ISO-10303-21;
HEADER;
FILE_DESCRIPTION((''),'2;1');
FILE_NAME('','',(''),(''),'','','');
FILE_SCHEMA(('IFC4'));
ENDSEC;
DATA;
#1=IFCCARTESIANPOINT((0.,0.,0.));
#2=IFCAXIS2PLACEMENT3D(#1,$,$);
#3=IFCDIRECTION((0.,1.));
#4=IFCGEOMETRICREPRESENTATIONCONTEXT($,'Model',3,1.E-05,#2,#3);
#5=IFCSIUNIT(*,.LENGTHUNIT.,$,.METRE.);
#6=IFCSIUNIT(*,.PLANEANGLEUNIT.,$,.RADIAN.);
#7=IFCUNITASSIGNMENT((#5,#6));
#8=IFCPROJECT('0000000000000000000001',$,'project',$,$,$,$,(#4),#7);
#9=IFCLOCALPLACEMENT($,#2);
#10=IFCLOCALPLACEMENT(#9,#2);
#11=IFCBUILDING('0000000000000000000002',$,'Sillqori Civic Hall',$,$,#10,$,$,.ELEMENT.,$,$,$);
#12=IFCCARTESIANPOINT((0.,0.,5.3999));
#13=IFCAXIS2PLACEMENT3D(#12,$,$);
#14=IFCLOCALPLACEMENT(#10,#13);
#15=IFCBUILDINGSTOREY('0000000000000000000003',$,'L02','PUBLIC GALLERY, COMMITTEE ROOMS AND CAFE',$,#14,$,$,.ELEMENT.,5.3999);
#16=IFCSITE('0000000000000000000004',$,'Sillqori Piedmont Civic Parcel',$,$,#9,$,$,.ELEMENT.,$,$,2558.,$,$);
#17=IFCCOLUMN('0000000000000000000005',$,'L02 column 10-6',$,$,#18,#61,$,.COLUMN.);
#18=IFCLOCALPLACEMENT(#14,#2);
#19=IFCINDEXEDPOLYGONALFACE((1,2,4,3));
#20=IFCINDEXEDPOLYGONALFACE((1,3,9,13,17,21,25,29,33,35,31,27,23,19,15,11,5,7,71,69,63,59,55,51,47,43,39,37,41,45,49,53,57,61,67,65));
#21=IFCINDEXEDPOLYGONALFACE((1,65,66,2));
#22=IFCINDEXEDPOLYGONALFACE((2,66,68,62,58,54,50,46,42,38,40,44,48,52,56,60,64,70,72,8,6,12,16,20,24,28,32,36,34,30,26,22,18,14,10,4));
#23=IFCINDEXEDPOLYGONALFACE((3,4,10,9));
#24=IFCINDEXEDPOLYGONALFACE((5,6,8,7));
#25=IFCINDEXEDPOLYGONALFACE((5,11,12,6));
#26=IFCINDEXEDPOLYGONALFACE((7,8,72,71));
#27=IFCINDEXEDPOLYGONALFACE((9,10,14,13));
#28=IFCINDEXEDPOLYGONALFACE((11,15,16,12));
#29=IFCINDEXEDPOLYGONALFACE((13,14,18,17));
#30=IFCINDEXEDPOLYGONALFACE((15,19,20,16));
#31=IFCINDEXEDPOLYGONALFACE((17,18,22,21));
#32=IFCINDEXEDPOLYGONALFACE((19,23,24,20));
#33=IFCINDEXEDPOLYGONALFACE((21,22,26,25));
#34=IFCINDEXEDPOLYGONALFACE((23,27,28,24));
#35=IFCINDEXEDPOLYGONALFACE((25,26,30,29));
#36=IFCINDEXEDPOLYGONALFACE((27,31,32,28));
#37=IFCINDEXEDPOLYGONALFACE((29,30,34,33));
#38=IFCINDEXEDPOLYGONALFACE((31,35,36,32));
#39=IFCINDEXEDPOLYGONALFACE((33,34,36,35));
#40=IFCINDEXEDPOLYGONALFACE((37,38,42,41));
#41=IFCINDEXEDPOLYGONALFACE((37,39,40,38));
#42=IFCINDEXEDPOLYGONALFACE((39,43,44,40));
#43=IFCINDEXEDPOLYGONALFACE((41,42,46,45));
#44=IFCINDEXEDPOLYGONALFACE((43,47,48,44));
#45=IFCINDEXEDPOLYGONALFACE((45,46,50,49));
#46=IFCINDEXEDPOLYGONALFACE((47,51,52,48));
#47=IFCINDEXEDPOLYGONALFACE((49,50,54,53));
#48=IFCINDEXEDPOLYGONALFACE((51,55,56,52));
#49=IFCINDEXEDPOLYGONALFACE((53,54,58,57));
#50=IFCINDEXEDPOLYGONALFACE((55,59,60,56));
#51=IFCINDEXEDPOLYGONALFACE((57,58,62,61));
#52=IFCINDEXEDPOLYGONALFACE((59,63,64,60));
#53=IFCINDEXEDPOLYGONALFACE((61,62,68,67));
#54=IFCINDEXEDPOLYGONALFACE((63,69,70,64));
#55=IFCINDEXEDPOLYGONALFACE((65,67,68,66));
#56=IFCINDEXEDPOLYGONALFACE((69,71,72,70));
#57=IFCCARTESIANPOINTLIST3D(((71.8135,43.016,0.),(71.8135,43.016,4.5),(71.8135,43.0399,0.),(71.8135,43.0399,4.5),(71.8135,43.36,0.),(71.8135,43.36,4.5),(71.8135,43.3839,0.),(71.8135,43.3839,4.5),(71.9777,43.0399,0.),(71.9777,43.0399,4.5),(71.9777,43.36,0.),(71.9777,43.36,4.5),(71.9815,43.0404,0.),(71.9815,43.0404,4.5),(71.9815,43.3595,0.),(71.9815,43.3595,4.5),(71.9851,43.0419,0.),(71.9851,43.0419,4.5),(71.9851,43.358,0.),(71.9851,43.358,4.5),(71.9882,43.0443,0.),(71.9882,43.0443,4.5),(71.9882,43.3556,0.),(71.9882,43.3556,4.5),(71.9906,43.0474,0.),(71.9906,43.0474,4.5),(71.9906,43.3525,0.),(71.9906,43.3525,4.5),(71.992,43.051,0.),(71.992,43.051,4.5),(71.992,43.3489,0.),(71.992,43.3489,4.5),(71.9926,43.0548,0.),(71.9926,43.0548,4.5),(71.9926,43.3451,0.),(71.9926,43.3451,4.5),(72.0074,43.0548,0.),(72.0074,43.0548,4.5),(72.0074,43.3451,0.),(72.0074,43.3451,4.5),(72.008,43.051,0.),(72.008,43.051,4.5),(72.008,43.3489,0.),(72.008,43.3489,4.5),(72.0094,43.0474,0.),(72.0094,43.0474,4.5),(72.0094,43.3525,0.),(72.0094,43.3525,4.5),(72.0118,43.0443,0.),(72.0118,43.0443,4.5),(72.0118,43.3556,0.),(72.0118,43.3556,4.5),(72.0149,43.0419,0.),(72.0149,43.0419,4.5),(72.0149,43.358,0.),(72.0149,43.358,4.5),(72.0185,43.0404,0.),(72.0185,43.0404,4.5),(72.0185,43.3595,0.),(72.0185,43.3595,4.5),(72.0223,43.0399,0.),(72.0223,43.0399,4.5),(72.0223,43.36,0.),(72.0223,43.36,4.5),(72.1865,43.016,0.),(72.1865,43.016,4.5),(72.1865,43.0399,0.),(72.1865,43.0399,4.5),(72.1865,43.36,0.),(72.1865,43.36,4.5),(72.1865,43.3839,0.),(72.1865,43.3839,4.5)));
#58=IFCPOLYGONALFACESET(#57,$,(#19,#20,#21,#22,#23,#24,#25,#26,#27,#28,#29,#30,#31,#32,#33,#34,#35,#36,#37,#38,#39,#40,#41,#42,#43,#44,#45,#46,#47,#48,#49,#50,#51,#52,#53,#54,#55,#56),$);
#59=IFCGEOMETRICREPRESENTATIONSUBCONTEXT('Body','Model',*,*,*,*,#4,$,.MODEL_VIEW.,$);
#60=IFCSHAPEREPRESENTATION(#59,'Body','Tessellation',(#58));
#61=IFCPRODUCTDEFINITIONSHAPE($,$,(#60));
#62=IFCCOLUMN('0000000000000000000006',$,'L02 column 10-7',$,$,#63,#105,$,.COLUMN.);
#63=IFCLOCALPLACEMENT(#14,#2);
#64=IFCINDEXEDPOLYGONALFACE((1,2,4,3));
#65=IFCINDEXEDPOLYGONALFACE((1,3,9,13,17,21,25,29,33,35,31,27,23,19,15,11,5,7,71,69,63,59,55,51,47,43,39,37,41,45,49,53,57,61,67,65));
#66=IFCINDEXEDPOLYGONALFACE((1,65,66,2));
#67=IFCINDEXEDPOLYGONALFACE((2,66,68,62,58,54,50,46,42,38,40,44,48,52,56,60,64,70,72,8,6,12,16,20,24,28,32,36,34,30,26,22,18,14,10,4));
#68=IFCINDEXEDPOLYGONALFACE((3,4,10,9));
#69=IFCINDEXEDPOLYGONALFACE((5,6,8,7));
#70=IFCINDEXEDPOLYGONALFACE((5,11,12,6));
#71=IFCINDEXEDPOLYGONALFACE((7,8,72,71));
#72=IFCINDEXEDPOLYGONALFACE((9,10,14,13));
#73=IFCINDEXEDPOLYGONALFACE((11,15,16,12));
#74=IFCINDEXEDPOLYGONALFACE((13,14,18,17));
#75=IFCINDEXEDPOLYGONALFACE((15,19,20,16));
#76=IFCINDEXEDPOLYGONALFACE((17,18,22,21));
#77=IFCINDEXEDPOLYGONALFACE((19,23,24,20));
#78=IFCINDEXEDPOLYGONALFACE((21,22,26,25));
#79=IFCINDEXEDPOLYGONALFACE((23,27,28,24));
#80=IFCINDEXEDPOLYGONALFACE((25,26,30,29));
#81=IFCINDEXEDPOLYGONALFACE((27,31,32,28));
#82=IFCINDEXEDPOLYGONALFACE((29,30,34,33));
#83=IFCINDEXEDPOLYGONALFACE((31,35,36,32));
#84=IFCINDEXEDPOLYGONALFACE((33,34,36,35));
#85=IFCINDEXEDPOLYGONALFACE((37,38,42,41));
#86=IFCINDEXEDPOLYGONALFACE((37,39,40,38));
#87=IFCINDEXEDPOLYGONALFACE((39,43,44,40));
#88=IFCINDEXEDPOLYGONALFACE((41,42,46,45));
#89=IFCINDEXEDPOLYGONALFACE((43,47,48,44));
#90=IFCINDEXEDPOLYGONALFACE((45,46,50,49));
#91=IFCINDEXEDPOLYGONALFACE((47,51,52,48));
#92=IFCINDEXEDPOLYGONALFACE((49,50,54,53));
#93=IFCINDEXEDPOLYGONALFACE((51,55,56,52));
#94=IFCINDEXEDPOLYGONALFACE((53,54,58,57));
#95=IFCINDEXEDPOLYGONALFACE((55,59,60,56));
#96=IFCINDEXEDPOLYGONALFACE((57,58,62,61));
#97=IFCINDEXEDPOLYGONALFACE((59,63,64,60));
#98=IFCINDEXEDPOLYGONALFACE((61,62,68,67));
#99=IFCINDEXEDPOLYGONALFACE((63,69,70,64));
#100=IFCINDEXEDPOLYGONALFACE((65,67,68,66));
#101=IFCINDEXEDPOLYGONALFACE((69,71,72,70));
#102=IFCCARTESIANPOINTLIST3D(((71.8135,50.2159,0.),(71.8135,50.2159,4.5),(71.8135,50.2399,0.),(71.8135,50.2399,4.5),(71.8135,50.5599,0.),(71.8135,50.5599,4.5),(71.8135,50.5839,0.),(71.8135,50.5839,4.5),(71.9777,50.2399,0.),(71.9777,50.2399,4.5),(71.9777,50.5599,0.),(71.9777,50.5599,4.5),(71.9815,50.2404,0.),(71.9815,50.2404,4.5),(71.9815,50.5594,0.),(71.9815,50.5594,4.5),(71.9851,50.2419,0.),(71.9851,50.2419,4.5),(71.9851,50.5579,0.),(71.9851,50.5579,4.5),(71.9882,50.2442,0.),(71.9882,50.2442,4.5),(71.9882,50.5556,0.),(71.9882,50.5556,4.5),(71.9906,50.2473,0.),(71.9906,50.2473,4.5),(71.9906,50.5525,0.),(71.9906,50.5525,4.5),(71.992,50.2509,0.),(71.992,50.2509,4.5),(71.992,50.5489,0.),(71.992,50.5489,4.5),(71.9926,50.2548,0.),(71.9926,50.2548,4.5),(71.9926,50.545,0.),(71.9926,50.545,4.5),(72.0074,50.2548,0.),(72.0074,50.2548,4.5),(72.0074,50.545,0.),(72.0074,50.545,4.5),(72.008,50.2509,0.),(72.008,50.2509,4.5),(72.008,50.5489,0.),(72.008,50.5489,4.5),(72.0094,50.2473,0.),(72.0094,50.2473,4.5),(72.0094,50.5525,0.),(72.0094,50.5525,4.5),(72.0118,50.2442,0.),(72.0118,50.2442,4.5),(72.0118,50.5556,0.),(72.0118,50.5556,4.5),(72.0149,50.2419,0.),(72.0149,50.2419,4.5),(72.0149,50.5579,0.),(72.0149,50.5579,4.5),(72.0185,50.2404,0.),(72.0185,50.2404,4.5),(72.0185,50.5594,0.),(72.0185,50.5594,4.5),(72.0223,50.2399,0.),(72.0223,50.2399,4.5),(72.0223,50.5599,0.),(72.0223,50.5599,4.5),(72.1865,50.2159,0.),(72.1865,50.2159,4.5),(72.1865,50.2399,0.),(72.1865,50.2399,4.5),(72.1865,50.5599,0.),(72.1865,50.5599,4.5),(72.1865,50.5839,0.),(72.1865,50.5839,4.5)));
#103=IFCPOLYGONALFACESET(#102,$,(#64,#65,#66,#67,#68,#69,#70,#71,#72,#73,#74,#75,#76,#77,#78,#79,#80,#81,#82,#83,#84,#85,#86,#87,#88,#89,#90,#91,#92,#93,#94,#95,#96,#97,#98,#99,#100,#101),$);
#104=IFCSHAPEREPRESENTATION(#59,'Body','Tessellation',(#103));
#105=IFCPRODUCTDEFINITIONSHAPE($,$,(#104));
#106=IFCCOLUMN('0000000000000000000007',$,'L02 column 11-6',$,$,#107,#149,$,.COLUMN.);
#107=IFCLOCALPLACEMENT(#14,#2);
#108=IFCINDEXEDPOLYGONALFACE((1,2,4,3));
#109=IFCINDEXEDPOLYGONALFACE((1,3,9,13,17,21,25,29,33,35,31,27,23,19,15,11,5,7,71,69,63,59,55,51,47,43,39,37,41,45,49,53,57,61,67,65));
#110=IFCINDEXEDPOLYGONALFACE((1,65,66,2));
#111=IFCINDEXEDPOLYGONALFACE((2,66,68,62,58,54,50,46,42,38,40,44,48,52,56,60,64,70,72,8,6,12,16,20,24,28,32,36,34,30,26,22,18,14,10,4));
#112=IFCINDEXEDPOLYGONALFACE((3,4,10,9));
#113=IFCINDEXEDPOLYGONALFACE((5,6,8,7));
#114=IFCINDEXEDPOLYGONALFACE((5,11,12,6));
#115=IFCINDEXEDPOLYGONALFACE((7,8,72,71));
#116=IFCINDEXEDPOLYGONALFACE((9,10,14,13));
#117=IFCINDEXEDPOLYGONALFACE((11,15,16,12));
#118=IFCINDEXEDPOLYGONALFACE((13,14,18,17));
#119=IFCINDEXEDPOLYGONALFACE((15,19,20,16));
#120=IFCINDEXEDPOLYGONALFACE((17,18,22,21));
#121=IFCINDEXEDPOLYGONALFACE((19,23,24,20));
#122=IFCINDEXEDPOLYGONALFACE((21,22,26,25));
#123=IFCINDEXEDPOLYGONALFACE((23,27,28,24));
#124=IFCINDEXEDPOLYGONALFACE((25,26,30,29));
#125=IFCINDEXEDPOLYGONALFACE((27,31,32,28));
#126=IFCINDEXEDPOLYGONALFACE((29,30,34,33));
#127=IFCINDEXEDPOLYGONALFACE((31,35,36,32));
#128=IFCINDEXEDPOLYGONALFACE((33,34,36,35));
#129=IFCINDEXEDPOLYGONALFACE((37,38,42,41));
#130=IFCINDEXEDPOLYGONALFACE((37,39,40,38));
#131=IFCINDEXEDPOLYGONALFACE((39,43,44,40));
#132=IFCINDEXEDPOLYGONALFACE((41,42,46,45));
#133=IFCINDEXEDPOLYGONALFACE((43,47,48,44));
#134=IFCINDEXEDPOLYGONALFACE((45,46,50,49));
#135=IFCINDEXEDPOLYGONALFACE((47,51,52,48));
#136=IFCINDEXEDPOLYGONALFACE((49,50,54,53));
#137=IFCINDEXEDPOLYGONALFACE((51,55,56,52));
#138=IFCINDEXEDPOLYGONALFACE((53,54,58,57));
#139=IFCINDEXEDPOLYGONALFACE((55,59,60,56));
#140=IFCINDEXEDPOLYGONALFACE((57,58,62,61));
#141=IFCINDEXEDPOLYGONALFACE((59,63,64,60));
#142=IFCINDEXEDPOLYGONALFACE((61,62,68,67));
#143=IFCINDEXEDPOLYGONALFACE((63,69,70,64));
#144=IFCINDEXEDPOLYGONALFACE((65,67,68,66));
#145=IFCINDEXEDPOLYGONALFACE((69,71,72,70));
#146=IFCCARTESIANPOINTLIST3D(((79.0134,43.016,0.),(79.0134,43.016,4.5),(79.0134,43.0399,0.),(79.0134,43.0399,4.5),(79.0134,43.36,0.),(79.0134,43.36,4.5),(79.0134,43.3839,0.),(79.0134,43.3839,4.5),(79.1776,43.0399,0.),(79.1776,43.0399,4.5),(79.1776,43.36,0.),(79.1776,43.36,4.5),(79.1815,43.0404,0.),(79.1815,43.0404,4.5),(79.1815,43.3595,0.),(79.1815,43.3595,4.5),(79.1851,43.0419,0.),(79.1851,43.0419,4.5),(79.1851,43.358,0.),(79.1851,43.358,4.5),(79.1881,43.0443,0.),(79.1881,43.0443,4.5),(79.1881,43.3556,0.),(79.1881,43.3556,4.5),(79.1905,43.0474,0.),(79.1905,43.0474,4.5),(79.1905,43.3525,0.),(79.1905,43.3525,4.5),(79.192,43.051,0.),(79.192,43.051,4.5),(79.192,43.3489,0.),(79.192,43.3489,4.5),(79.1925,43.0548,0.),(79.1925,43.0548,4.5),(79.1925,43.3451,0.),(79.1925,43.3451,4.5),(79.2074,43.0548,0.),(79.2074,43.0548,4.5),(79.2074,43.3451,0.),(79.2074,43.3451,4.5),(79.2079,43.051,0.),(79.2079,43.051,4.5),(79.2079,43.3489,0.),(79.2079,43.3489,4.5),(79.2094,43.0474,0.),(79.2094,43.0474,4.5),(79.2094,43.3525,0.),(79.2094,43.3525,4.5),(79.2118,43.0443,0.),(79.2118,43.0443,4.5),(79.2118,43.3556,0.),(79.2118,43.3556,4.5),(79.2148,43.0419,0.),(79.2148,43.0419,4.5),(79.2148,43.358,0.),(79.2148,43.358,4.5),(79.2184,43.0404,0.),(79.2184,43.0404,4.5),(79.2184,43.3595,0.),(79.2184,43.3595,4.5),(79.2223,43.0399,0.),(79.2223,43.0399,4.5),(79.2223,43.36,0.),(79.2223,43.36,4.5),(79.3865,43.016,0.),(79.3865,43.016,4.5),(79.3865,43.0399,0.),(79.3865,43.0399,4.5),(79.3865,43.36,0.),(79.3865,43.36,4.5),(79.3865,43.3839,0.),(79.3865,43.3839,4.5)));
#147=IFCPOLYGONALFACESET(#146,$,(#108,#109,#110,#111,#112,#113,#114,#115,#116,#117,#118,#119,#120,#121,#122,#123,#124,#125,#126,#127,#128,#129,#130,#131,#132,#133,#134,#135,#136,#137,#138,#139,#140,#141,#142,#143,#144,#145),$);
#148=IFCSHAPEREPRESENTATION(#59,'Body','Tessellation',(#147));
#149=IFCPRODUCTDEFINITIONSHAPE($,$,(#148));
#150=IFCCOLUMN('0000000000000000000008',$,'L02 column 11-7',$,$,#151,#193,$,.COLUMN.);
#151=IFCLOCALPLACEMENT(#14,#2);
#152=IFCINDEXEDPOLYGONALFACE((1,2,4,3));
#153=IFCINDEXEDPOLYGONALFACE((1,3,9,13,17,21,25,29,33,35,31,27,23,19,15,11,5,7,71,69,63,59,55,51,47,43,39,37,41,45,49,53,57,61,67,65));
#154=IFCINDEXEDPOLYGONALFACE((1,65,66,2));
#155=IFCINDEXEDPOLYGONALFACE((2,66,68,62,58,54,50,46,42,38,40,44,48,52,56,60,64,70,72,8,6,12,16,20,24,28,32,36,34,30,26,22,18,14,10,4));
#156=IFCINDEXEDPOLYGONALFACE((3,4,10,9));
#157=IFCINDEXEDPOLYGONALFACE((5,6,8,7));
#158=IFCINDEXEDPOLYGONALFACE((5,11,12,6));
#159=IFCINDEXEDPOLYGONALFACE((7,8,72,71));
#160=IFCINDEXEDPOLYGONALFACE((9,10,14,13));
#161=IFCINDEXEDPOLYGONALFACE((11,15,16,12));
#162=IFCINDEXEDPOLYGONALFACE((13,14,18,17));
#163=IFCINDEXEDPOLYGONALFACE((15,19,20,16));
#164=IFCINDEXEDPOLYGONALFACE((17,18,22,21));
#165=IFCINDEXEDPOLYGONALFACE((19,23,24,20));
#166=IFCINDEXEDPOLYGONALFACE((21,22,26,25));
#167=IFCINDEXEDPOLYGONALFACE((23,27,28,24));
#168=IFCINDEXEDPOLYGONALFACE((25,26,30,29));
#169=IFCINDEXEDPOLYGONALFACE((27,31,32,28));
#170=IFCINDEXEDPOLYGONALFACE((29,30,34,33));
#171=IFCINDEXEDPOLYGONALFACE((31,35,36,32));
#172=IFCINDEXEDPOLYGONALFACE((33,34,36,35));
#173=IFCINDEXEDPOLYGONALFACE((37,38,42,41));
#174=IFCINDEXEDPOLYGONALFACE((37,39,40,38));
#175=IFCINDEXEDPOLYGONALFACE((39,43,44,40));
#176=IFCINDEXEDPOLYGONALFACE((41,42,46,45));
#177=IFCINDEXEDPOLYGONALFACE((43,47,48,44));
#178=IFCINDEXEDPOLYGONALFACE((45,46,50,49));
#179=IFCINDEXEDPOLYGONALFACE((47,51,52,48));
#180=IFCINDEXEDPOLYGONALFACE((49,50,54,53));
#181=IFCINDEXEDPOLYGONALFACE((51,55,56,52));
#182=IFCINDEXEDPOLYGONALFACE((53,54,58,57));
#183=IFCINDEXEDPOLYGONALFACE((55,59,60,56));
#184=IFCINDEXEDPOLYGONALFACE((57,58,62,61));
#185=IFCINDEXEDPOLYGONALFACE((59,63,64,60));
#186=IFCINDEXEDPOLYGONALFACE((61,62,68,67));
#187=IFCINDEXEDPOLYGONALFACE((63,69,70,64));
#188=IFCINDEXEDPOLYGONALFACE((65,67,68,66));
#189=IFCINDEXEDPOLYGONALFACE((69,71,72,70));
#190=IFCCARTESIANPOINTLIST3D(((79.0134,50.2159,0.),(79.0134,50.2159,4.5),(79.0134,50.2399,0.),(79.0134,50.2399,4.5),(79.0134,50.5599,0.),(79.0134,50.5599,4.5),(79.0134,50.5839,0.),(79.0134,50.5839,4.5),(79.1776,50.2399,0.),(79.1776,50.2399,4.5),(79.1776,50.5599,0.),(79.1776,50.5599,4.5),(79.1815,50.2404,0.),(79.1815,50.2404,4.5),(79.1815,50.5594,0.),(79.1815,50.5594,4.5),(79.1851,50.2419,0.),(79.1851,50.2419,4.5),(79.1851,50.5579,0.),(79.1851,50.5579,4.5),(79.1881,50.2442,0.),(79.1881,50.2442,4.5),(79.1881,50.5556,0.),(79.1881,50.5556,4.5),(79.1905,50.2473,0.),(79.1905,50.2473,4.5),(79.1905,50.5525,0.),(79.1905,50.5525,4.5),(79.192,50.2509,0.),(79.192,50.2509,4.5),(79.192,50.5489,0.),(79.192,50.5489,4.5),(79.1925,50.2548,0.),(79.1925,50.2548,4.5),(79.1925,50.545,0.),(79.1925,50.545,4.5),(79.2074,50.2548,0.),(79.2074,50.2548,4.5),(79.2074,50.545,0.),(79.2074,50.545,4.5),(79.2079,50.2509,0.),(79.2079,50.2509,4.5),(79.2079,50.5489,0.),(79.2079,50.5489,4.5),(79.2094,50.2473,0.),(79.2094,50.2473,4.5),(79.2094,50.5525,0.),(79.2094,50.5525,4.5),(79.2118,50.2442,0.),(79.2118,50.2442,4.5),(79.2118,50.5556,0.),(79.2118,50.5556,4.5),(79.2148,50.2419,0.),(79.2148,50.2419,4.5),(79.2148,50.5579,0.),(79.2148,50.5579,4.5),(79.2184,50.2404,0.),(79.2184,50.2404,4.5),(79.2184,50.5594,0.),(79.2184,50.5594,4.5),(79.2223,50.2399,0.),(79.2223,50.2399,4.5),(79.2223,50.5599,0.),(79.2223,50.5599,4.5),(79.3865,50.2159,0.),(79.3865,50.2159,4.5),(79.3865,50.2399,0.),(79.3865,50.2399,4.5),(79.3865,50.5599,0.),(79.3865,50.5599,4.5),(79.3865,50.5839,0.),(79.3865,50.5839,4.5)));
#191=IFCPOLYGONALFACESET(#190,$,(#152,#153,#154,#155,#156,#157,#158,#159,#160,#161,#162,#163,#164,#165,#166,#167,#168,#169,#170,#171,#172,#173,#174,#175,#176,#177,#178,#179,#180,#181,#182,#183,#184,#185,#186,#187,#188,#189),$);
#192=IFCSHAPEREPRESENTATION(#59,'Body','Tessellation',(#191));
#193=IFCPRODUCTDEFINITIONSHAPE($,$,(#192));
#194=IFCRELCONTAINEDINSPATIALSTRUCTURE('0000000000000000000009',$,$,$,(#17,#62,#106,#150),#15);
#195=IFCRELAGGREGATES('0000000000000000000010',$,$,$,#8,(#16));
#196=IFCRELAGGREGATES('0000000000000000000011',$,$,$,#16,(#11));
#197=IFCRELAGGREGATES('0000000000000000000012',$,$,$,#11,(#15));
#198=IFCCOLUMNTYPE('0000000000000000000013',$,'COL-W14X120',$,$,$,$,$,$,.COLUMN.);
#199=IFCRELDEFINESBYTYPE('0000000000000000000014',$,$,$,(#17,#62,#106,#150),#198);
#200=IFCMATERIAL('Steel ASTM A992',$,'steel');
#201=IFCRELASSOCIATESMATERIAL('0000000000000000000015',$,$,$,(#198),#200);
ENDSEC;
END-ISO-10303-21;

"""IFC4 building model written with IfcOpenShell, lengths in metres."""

from ifc_helpers import new_model, si_unit, direction, frame, origin, origin_2d, place, context, subcontext, project, spatial, i_section, extrude, material, material_profile, profile_set, type_object, element, save


model = new_model("IFC4")

# Units and contexts
model_context = context("Model", 3, precision=1e-05, world=origin(), true_north=direction((0.0, 1.0)))
body_context = subcontext(model_context, "Body", "Model", "MODEL_VIEW")
ifc_project = project(units=[si_unit("LENGTHUNIT", "METRE"), si_unit("PLANEANGLEUNIT", "RADIAN")], contexts=[model_context])

# Site, building, storey
site_placement = place(None, origin())
site = spatial("IfcSite", under=ifc_project, at=site_placement, Name="Sillqori Piedmont Civic Parcel", CompositionType="ELEMENT", RefElevation=2558.0)
building_placement = place(site_placement, origin())
building = spatial("IfcBuilding", under=site, at=building_placement, Name="Sillqori Civic Hall", CompositionType="ELEMENT")
storey_placement = place(building_placement, frame((0.0, 0.0, 5.3999)))
storey = spatial("IfcBuildingStorey", under=building, at=storey_placement, Name="L02", Description="PUBLIC GALLERY, COMMITTEE ROOMS AND CAFE", CompositionType="ELEMENT", Elevation=5.3999)

# Columns
ifc_material_1 = material(Name="Steel ASTM A992", Category="steel")
ifc_material_profile_1 = material_profile(ifc_material_1, i_section(OverallWidth=0.373, OverallDepth=0.3679, WebThickness=0.0149, FlangeThickness=0.0239, FilletRadius=0.0149, at=origin_2d()), Name="W14X120")
ifc_profile_set_1 = profile_set([ifc_material_profile_1], Name="Steel ASTM A992")
column_type = type_object("IfcColumnType", Name="COL-W14X120", PredefinedType="COLUMN", material=ifc_profile_set_1)
for number, where, z_axis, x_axis, name in (
    (1, (72.0, 43.2, 0.0), (0.0, 0.0, 1.0), (1.0, 0.0, 0.0), "L02 column 10-6"),
    (2, (72.0, 50.3999, 0.0), (0.0, 0.0, 1.0), (1.0, 0.0, 0.0), "L02 column 10-7"),
    (3, (79.2, 43.2, 0.0), (0.0, 0.0, 1.0), (1.0, 0.0, 0.0), "L02 column 11-6"),
    (4, (79.2, 50.3999, 0.0), (0.0, 0.0, 1.0), (1.0, 0.0, 0.0), "L02 column 11-7"),
):
    element("IfcColumn", number, at=place(storey_placement, frame(where, z_axis=z_axis, x_axis=x_axis)), inside=storey, type_object=column_type, Name=name, PredefinedType="COLUMN", context=body_context, shape_type="SweptSolid", body=[
        extrude(i_section(OverallWidth=0.373, OverallDepth=0.3679, WebThickness=0.0149, FlangeThickness=0.0239, FilletRadius=0.0149, at=origin_2d()), origin(), (0.0, 0.0, 1.0), 4.5),
    ])

save(model, "model.ifc")
